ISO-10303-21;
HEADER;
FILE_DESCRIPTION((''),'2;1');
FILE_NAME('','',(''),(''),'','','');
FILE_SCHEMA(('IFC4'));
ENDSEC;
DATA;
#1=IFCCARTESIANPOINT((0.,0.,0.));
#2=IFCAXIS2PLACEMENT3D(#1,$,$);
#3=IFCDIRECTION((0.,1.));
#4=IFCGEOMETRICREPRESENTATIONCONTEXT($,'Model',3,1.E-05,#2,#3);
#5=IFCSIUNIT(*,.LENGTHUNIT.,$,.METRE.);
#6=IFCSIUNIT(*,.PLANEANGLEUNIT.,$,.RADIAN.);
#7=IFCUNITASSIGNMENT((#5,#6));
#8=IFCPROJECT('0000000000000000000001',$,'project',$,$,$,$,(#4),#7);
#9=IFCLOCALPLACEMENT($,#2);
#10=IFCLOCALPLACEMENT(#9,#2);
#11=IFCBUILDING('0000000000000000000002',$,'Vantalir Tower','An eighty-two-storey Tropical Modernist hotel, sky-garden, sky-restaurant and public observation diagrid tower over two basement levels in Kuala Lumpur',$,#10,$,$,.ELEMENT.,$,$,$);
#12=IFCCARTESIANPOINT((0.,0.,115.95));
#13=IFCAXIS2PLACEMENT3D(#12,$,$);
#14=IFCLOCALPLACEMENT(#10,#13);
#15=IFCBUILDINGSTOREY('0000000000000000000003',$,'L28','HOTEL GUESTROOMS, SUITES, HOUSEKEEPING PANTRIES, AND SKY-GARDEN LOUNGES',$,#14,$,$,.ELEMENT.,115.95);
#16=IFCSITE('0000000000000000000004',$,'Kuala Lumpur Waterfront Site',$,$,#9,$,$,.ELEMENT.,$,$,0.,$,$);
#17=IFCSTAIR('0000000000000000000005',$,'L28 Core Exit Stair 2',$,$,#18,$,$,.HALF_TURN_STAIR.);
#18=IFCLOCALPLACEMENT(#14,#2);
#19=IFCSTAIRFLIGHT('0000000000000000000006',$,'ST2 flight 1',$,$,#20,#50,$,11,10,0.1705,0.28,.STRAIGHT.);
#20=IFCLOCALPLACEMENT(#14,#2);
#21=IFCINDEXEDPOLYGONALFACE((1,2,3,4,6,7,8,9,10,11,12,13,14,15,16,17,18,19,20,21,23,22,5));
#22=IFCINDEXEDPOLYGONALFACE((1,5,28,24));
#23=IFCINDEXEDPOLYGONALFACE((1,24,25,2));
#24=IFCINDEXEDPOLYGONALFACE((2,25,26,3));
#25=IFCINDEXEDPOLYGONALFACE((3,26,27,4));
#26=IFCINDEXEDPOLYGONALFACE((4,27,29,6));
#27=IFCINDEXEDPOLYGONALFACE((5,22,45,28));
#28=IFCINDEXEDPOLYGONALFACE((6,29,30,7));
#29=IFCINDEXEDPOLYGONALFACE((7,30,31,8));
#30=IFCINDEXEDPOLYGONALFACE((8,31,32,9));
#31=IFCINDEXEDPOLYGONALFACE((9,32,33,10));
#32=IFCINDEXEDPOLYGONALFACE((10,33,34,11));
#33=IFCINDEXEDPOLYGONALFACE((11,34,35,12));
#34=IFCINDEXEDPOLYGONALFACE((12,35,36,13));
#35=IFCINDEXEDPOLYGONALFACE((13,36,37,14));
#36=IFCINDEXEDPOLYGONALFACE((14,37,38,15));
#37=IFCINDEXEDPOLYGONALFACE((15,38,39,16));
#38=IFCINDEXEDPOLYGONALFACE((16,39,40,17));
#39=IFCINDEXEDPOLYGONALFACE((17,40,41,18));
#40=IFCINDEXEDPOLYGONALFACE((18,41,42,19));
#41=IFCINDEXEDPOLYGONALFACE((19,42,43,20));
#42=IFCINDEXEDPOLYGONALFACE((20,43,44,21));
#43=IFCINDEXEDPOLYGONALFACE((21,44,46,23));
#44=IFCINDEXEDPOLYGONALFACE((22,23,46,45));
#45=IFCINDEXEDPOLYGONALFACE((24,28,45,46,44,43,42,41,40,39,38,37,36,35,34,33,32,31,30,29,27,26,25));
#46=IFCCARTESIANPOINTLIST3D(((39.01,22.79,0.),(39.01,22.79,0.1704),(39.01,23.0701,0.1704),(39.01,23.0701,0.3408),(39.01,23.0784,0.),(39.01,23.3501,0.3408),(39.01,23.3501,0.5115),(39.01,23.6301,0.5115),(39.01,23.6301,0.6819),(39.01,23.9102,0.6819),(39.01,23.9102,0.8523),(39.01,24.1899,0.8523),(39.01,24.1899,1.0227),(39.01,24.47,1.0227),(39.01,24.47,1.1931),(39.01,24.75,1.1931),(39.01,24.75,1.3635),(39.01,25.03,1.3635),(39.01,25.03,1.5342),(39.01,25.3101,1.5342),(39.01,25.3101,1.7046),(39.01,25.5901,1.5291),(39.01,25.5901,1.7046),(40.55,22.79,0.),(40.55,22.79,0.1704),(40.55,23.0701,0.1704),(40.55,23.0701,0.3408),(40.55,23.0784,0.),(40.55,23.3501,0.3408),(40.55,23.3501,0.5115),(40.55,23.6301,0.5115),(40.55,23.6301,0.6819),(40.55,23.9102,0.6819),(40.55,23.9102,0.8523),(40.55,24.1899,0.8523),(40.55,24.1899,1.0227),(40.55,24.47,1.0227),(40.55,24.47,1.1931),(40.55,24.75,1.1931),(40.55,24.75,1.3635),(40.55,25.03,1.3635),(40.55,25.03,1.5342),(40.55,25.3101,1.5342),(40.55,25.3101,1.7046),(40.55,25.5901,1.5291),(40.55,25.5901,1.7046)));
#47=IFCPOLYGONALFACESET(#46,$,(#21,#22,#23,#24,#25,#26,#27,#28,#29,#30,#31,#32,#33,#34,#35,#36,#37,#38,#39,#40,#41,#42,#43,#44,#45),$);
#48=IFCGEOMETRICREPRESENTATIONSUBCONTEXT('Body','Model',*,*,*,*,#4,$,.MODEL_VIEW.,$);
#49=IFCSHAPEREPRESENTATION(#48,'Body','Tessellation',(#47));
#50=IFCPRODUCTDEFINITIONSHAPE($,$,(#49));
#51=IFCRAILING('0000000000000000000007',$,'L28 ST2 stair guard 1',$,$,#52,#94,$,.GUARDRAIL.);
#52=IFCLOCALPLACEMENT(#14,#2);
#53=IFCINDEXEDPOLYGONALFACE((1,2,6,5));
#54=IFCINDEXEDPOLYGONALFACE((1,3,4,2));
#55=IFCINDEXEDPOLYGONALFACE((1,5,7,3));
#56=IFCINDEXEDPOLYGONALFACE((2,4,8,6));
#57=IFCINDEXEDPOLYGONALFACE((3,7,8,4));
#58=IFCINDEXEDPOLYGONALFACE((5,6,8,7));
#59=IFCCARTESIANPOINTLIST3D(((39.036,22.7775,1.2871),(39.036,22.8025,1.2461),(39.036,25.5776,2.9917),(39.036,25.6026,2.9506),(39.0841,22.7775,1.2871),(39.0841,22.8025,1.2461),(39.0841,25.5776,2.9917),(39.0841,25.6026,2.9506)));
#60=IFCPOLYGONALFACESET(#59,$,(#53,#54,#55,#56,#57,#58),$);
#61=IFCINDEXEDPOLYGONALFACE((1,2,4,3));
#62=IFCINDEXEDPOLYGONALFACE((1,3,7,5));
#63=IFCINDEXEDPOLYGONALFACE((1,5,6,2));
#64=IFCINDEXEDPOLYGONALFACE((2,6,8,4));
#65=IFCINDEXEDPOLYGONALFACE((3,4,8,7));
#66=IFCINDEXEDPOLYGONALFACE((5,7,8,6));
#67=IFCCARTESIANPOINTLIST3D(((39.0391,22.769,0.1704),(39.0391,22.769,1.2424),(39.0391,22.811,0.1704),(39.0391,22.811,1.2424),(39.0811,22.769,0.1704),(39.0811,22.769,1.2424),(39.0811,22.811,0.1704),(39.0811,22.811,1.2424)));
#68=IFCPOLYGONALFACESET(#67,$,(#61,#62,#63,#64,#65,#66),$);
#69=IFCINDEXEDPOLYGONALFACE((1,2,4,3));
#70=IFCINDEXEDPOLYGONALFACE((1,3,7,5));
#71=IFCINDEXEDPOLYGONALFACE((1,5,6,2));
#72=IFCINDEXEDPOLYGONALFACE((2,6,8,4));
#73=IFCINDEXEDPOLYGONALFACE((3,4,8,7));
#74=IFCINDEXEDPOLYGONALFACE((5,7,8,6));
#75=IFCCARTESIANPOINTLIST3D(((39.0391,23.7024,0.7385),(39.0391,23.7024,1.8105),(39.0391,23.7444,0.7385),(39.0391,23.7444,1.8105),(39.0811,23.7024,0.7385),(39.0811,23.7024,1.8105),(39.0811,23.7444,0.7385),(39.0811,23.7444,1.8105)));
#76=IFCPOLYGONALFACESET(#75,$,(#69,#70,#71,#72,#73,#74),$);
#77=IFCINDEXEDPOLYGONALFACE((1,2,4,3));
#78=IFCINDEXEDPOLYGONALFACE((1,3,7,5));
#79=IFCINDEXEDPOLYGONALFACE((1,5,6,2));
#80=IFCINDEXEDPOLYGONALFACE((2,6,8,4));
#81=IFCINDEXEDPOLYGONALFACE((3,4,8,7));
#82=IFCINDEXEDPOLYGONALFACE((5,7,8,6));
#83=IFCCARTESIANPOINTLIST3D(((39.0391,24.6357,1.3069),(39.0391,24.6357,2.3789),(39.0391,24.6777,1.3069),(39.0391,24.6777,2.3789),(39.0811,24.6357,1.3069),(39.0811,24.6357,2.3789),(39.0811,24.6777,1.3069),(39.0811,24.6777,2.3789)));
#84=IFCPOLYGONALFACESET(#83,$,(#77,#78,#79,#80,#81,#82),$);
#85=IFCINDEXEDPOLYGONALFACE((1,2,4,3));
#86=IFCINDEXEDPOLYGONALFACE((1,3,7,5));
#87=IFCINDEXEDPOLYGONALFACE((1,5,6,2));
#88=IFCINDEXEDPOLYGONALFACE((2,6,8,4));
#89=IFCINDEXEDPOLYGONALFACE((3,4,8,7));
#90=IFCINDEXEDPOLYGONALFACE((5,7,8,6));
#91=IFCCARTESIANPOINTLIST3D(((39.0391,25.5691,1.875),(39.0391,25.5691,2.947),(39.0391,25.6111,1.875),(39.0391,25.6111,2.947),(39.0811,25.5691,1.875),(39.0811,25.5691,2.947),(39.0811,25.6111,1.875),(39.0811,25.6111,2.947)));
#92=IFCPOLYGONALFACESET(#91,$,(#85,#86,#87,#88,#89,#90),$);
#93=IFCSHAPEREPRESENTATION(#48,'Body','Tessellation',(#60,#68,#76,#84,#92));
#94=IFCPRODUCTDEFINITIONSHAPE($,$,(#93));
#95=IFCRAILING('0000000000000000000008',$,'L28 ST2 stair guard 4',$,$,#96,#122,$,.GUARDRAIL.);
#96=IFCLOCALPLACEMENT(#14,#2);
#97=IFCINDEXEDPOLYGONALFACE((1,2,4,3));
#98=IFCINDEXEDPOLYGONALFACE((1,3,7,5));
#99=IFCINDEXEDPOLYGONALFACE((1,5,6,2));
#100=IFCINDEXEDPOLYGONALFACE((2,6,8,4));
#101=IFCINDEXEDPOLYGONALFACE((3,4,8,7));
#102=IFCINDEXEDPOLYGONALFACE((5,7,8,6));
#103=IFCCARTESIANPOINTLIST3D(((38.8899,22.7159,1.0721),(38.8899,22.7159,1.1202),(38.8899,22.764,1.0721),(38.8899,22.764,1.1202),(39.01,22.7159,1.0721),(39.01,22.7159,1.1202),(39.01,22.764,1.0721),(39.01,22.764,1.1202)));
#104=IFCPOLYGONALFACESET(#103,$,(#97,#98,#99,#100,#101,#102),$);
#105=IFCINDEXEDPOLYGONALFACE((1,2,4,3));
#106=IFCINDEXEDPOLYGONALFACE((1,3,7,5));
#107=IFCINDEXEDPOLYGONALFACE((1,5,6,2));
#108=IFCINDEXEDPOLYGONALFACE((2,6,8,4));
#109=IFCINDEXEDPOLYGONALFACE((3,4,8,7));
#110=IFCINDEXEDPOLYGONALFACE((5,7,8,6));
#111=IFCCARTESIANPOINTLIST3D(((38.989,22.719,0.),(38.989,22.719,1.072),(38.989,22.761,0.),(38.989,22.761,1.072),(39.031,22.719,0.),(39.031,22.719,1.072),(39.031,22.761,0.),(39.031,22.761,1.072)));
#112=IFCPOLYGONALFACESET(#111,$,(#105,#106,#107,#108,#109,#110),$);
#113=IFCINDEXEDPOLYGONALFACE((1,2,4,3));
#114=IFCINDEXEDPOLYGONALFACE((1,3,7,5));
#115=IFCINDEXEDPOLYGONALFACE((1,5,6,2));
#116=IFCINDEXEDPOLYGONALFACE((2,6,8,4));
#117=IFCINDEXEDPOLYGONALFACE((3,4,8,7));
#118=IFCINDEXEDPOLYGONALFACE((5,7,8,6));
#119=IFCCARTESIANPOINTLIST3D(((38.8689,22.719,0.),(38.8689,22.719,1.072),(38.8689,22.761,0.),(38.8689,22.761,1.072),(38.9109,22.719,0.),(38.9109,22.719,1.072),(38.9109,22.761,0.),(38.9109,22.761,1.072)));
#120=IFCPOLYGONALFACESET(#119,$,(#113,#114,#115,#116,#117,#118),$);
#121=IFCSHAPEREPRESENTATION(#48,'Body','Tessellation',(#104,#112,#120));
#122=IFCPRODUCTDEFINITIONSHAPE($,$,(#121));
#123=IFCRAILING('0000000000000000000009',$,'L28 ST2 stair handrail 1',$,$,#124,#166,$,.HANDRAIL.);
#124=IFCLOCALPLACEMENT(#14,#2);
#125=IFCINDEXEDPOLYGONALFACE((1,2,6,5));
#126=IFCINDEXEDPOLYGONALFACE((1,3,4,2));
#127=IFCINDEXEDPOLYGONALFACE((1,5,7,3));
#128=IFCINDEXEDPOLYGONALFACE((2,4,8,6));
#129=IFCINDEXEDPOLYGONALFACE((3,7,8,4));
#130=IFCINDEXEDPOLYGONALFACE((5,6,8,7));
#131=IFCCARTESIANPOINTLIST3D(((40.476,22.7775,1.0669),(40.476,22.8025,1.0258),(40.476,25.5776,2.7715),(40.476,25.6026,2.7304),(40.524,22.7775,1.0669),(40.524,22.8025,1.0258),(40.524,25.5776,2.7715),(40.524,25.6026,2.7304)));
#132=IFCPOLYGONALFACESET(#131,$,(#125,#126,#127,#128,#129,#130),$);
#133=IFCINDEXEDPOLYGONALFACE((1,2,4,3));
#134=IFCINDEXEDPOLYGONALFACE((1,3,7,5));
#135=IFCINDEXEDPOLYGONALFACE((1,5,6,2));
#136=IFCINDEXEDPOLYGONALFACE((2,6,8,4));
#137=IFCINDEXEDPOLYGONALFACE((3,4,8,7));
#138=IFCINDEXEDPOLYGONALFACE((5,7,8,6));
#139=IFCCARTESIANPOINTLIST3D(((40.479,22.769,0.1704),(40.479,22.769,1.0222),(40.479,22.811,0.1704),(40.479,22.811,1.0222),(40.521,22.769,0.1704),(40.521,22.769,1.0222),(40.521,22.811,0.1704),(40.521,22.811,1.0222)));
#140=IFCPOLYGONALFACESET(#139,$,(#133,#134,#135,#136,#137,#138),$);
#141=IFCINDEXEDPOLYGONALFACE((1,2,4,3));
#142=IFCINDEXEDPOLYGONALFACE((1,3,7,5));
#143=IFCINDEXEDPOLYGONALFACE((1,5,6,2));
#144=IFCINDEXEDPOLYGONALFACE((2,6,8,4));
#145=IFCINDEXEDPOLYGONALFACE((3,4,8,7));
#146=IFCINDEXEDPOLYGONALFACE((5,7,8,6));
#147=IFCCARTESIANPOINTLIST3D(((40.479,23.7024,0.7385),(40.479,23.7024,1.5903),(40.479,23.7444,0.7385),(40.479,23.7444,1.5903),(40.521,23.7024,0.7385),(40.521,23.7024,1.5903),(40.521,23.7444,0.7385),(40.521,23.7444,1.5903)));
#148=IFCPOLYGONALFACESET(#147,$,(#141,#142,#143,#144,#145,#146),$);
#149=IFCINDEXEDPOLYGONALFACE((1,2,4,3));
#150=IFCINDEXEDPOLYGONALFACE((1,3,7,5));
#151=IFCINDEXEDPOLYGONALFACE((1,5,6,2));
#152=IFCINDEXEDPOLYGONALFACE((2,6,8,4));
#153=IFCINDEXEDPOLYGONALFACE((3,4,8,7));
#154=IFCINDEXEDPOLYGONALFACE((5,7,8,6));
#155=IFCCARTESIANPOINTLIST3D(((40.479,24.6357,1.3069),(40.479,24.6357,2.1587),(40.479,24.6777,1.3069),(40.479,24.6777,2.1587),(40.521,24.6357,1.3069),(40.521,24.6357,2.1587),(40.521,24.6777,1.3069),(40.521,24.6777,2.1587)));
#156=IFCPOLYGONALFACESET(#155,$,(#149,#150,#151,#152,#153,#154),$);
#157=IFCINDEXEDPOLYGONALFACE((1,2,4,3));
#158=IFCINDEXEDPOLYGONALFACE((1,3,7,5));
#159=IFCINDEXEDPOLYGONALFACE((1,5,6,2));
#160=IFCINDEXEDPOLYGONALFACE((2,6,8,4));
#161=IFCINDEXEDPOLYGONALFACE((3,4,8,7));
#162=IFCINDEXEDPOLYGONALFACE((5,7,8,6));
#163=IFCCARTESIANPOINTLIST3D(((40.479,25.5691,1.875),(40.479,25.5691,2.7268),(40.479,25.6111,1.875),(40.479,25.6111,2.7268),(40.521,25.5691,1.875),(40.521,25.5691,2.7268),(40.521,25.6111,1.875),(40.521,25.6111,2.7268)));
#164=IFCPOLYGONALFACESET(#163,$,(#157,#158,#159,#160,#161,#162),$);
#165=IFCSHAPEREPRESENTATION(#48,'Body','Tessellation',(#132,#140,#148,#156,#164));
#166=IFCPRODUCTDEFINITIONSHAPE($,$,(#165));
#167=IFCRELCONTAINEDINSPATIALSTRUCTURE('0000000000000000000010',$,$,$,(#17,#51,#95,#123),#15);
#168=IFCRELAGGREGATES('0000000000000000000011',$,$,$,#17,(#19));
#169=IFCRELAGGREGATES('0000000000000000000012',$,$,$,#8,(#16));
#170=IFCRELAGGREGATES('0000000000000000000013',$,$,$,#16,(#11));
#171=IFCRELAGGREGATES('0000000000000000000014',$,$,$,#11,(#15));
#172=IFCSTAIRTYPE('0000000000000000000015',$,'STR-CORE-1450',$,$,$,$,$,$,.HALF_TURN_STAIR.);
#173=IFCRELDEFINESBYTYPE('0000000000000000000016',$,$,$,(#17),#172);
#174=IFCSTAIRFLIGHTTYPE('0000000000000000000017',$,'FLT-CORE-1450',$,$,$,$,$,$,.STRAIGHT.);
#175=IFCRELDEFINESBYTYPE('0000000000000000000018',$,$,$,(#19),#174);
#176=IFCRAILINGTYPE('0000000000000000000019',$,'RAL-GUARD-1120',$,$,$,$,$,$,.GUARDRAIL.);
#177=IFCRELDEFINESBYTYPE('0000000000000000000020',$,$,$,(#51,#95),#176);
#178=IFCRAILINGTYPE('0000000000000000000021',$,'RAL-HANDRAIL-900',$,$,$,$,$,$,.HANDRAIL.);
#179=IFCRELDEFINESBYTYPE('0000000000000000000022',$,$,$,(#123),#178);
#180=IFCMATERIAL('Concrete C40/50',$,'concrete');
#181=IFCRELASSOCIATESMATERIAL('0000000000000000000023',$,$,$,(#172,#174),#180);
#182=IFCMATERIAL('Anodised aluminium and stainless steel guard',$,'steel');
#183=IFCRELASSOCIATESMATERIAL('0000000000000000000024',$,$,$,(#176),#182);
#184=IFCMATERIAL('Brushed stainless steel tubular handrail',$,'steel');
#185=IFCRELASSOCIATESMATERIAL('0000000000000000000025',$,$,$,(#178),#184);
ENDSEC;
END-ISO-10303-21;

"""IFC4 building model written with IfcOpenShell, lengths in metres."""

from ifc_helpers import new_model, si_unit, direction, frame, origin, origin_2d, place, context, subcontext, project, spatial, polyline, rectangle, outline, extrude, material, type_object, element, aggregate, save


model = new_model("IFC4")

# Units and contexts
model_context = context("Model", 3, precision=1e-05, world=origin(), true_north=direction((0.0, 1.0)))
body_context = subcontext(model_context, "Body", "Model", "MODEL_VIEW")
ifc_project = project(units=[si_unit("LENGTHUNIT", "METRE"), si_unit("PLANEANGLEUNIT", "RADIAN")], contexts=[model_context])

# Site, building, storey
site_placement = place(None, origin())
site = spatial("IfcSite", under=ifc_project, at=site_placement, Name="Kuala Lumpur Waterfront Site", CompositionType="ELEMENT", RefElevation=0.0)
building_placement = place(site_placement, origin())
building = spatial("IfcBuilding", under=site, at=building_placement, Name="Vantalir Tower", Description="An eighty-two-storey Tropical Modernist hotel, sky-garden, sky-restaurant and public observation diagrid tower over two basement levels in Kuala Lumpur", CompositionType="ELEMENT")
storey_placement = place(building_placement, frame((0.0, 0.0, 115.95)))
storey = spatial("IfcBuildingStorey", under=building, at=storey_placement, Name="L28", Description="HOTEL GUESTROOMS, SUITES, HOUSEKEEPING PANTRIES, AND SKY-GARDEN LOUNGES", CompositionType="ELEMENT", Elevation=115.95)

# Stair, stair flight
ifc_material_1 = material(Name="Concrete C40/50", Category="concrete")
stair_type = type_object("IfcStairType", Name="STR-CORE-1450", PredefinedType="HALF_TURN_STAIR", material=ifc_material_1)
stair_placement = place(storey_placement, origin())
stair = element("IfcStair", 1, at=stair_placement, inside=storey, type_object=stair_type, Name="L28 Core Exit Stair 2", PredefinedType="HALF_TURN_STAIR")
stair_flight_type = type_object("IfcStairFlightType", Name="FLT-CORE-1450", PredefinedType="STRAIGHT", material=ifc_material_1)
stair_flight_placement = place(storey_placement, frame((39.78, 22.79, 0.0), z_axis=(0.0, 0.0, 1.0), x_axis=(0.0, 1.0, 0.0)))
stair_flight = element("IfcStairFlight", 2, at=stair_flight_placement, type_object=stair_flight_type, Name="ST2 flight 1", NumberOfRisers=11, NumberOfTreads=10, PredefinedType="STRAIGHT", RiserHeight=0.1705, TreadLength=0.28, context=body_context, shape_type="SweptSolid", body=[
    extrude(outline(polyline([(0.0, 0.0), (0.0, 0.1704), (0.28, 0.1704), (0.28, 0.3408), (0.5601, 0.3408), (0.5601, 0.5115), (0.8401, 0.5115), (0.8401, 0.6819), (1.1201, 0.6819), (1.1201, 0.8523), (1.3999, 0.8523), (1.3999, 1.0227), (1.6799, 1.0227), (1.6799, 1.1931), (1.96, 1.1931), (1.96, 1.3635), (2.24, 1.3635), (2.24, 1.5342), (2.52, 1.5342), (2.52, 1.7046), (2.8, 1.7046), (2.8, 1.875), (2.8, 1.5291), (0.2883, 0.0), (0.0, 0.0)])), frame((0.0, 0.77, 0.0), z_axis=(0.0, -1.0, 0.0), x_axis=(1.0, 0.0, 0.0)), (0.0, 0.0, 1.0), 1.54),
])
aggregate(stair, [stair_flight])

# Railings
ifc_material_2 = material(Name="Anodised aluminium and stainless steel guard", Category="steel")
railing_type_1 = type_object("IfcRailingType", Name="RAL-GUARD-1120", PredefinedType="GUARDRAIL", material=ifc_material_2)
railing_1_placement = place(storey_placement, frame((39.0601, 22.79, 0.1704)))
element("IfcRailing", 3, at=railing_1_placement, inside=storey, type_object=railing_type_1, Name="L28 ST2 stair guard 1", PredefinedType="GUARDRAIL", context=body_context, shape_type="SweptSolid", body=[
    extrude(rectangle(XDim=0.0481, YDim=0.0481, at=origin_2d()), frame((0.0, 0.0, 1.0962), z_axis=(0.0, 0.85417, 0.519994), x_axis=(-1.0, 0.0, 0.0)), (0.0, 0.0, 1.0), 3.2781),
    extrude(rectangle(XDim=0.042, YDim=0.042, at=origin_2d()), origin(), (0.0, 0.0, 1.0), 1.072),
    extrude(rectangle(XDim=0.042, YDim=0.042, at=origin_2d()), frame((0.0, 0.9333, 0.5681)), (0.0, 0.0, 1.0), 1.072),
    extrude(rectangle(XDim=0.042, YDim=0.042, at=origin_2d()), frame((0.0, 1.8667, 1.1365)), (0.0, 0.0, 1.0), 1.072),
    extrude(rectangle(XDim=0.042, YDim=0.042, at=origin_2d()), frame((0.0, 2.8, 1.7046)), (0.0, 0.0, 1.0), 1.072),
])
railing_2_placement = place(storey_placement, frame((39.01, 22.74, 0.0)))
element("IfcRailing", 4, at=railing_2_placement, inside=storey, type_object=railing_type_1, Name="L28 ST2 stair guard 4", PredefinedType="GUARDRAIL", context=body_context, shape_type="SweptSolid", body=[
    extrude(rectangle(XDim=0.0481, YDim=0.0481, at=origin_2d()), frame((0.0, 0.0, 1.0962), z_axis=(-1.0, 0.0, 0.0), x_axis=(0.0, -1.0, 0.0)), (0.0, 0.0, 1.0), 0.1201),
    extrude(rectangle(XDim=0.042, YDim=0.042, at=origin_2d()), origin(), (0.0, 0.0, 1.0), 1.072),
    extrude(rectangle(XDim=0.042, YDim=0.042, at=origin_2d()), frame((-0.1201, 0.0, 0.0)), (0.0, 0.0, 1.0), 1.072),
])
ifc_material_3 = material(Name="Brushed stainless steel tubular handrail", Category="steel")
railing_type_2 = type_object("IfcRailingType", Name="RAL-HANDRAIL-900", PredefinedType="HANDRAIL", material=ifc_material_3)
railing_3_placement = place(storey_placement, frame((40.5, 22.79, 0.1704)))
element("IfcRailing", 5, at=railing_3_placement, inside=storey, type_object=railing_type_2, Name="L28 ST2 stair handrail 1", PredefinedType="HANDRAIL", context=body_context, shape_type="SweptSolid", body=[
    extrude(rectangle(XDim=0.0481, YDim=0.0481, at=origin_2d()), frame((0.0, 0.0, 0.876), z_axis=(0.0, 0.85417, 0.519994), x_axis=(-1.0, 0.0, 0.0)), (0.0, 0.0, 1.0), 3.2781),
    extrude(rectangle(XDim=0.042, YDim=0.042, at=origin_2d()), origin(), (0.0, 0.0, 1.0), 0.8518),
    extrude(rectangle(XDim=0.042, YDim=0.042, at=origin_2d()), frame((0.0, 0.9333, 0.5681)), (0.0, 0.0, 1.0), 0.8518),
    extrude(rectangle(XDim=0.042, YDim=0.042, at=origin_2d()), frame((0.0, 1.8667, 1.1365)), (0.0, 0.0, 1.0), 0.8518),
    extrude(rectangle(XDim=0.042, YDim=0.042, at=origin_2d()), frame((0.0, 2.8, 1.7046)), (0.0, 0.0, 1.0), 0.8518),
])

save(model, "model.ifc")
